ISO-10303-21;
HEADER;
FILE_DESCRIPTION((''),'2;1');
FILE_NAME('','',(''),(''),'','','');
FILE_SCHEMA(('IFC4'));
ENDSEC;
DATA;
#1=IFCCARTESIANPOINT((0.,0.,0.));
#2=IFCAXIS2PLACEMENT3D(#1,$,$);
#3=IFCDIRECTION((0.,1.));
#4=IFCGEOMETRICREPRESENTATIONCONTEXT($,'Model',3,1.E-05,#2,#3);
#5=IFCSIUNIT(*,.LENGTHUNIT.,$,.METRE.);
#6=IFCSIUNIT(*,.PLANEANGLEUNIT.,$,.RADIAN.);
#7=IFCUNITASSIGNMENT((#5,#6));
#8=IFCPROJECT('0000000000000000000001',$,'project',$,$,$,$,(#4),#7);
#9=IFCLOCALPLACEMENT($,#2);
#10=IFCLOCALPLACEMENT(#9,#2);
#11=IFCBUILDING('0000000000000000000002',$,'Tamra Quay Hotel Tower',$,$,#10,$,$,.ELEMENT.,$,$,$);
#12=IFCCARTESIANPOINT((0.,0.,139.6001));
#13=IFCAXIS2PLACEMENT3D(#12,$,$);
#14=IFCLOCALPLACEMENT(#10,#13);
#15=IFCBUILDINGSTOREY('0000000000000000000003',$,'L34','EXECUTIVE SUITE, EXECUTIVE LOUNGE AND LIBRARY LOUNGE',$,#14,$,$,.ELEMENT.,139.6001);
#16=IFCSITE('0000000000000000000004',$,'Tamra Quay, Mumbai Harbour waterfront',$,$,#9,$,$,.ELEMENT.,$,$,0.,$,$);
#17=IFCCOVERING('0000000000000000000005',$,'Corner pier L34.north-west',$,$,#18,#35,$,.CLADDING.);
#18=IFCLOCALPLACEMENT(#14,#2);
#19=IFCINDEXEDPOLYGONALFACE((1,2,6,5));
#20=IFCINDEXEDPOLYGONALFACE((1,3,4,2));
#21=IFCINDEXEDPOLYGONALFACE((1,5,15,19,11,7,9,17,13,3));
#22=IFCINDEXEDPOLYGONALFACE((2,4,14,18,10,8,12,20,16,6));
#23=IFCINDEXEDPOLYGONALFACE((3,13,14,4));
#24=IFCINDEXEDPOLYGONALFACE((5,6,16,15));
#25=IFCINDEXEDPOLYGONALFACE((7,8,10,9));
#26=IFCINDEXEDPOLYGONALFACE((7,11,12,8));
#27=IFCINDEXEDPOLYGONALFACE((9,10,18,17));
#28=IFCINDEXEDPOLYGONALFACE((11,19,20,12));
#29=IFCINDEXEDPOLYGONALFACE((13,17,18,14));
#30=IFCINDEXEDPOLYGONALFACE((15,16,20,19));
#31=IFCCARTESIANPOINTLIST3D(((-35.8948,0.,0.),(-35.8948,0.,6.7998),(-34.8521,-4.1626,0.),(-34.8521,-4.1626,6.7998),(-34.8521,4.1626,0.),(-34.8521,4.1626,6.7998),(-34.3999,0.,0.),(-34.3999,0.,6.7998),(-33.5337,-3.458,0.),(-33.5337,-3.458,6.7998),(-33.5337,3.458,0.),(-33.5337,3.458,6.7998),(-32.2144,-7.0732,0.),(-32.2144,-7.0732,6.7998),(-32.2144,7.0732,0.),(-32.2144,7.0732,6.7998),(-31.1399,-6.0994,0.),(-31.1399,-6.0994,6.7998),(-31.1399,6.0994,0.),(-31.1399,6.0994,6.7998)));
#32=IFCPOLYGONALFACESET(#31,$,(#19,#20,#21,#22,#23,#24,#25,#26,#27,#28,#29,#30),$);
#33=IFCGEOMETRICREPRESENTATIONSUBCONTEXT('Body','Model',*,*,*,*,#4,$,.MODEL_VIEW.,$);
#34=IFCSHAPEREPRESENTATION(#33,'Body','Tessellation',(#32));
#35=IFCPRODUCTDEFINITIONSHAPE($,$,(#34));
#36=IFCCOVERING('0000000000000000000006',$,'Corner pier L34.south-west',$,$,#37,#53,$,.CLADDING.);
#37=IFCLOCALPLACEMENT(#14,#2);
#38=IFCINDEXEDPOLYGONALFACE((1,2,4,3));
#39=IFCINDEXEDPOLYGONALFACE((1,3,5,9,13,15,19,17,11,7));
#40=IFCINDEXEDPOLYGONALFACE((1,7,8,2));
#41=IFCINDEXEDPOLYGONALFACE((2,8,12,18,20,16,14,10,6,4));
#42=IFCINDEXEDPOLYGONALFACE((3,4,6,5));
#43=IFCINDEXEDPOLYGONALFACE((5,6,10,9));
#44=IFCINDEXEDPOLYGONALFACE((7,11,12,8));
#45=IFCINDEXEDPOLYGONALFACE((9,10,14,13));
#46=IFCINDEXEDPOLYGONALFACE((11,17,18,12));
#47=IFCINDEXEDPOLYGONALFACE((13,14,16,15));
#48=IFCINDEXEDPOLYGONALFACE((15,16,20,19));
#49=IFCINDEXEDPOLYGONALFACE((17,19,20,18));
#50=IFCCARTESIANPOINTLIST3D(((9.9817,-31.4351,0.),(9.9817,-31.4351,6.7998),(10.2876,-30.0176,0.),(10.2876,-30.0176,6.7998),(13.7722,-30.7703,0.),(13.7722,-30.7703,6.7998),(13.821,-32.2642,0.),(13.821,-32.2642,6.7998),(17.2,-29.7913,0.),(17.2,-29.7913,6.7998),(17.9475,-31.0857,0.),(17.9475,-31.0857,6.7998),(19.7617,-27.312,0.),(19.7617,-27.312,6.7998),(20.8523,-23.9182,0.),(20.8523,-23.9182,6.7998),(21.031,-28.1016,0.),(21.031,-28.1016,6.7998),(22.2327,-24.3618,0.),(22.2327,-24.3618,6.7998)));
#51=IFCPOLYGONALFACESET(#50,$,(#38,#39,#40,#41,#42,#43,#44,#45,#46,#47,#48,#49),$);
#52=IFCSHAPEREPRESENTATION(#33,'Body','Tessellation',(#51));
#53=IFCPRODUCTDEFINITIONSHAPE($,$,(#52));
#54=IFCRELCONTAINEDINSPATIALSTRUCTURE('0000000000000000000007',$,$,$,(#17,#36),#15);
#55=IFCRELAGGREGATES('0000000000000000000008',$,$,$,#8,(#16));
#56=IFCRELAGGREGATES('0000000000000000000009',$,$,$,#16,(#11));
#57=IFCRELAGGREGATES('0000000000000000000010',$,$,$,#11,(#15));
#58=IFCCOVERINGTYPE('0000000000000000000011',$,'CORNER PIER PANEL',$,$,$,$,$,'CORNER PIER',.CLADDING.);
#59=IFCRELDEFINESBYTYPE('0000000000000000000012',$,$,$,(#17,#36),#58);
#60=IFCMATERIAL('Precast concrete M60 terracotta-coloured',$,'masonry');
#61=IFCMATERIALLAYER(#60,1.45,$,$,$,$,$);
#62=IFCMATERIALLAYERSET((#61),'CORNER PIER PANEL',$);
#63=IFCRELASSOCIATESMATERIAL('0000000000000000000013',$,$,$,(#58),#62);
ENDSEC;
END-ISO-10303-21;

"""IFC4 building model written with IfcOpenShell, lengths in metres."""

from ifc_helpers import new_model, si_unit, direction, frame, origin, place, context, subcontext, project, spatial, polyline, outline, extrude, material, layer, layer_set, type_object, element, save


model = new_model("IFC4")

# Units and contexts
model_context = context("Model", 3, precision=1e-05, world=origin(), true_north=direction((0.0, 1.0)))
body_context = subcontext(model_context, "Body", "Model", "MODEL_VIEW")
ifc_project = project(units=[si_unit("LENGTHUNIT", "METRE"), si_unit("PLANEANGLEUNIT", "RADIAN")], contexts=[model_context])

# Site, building, storey
site_placement = place(None, origin())
site = spatial("IfcSite", under=ifc_project, at=site_placement, Name="Tamra Quay, Mumbai Harbour waterfront", CompositionType="ELEMENT", RefElevation=0.0)
building_placement = place(site_placement, origin())
building = spatial("IfcBuilding", under=site, at=building_placement, Name="Tamra Quay Hotel Tower", CompositionType="ELEMENT")
storey_placement = place(building_placement, frame((0.0, 0.0, 139.6001)))
storey = spatial("IfcBuildingStorey", under=building, at=storey_placement, Name="L34", Description="EXECUTIVE SUITE, EXECUTIVE LOUNGE AND LIBRARY LOUNGE", CompositionType="ELEMENT", Elevation=139.6001)

# Coverings
ifc_material_1 = material(Name="Precast concrete M60 terracotta-coloured", Category="masonry")
ifc_layer_1 = layer(ifc_material_1, 1.45)
ifc_layer_set_1 = layer_set([ifc_layer_1], Name="CORNER PIER PANEL")
covering_type = type_object("IfcCoveringType", Name="CORNER PIER PANEL", ElementType="CORNER PIER", PredefinedType="CLADDING", material=ifc_layer_set_1)
covering_1_placement = place(storey_placement, origin())
element("IfcCovering", 1, at=covering_1_placement, inside=storey, type_object=covering_type, Name="Corner pier L34.north-west", PredefinedType="CLADDING", context=body_context, shape_type="SweptSolid", body=[
    extrude(outline(polyline([(-31.1399, 6.0994), (-32.2144, 7.0732), (-34.8521, 4.1626), (-35.8948, 0.0), (-34.8521, -4.1626), (-32.2144, -7.0732), (-31.1399, -6.0994), (-33.5337, -3.458), (-34.3999, 0.0), (-33.5337, 3.458), (-31.1399, 6.0994)])), origin(), (0.0, 0.0, 1.0), 6.7998),
])
covering_2_placement = place(storey_placement, origin())
element("IfcCovering", 2, at=covering_2_placement, inside=storey, type_object=covering_type, Name="Corner pier L34.south-west", PredefinedType="CLADDING", context=body_context, shape_type="SweptSolid", body=[
    extrude(outline(polyline([(10.2876, -30.0176), (9.9817, -31.4351), (13.821, -32.2642), (17.9475, -31.0857), (21.031, -28.1016), (22.2327, -24.3618), (20.8523, -23.9182), (19.7617, -27.312), (17.2, -29.7913), (13.7722, -30.7703), (10.2876, -30.0176)])), origin(), (0.0, 0.0, 1.0), 6.7998),
])

save(model, "model.ifc")
